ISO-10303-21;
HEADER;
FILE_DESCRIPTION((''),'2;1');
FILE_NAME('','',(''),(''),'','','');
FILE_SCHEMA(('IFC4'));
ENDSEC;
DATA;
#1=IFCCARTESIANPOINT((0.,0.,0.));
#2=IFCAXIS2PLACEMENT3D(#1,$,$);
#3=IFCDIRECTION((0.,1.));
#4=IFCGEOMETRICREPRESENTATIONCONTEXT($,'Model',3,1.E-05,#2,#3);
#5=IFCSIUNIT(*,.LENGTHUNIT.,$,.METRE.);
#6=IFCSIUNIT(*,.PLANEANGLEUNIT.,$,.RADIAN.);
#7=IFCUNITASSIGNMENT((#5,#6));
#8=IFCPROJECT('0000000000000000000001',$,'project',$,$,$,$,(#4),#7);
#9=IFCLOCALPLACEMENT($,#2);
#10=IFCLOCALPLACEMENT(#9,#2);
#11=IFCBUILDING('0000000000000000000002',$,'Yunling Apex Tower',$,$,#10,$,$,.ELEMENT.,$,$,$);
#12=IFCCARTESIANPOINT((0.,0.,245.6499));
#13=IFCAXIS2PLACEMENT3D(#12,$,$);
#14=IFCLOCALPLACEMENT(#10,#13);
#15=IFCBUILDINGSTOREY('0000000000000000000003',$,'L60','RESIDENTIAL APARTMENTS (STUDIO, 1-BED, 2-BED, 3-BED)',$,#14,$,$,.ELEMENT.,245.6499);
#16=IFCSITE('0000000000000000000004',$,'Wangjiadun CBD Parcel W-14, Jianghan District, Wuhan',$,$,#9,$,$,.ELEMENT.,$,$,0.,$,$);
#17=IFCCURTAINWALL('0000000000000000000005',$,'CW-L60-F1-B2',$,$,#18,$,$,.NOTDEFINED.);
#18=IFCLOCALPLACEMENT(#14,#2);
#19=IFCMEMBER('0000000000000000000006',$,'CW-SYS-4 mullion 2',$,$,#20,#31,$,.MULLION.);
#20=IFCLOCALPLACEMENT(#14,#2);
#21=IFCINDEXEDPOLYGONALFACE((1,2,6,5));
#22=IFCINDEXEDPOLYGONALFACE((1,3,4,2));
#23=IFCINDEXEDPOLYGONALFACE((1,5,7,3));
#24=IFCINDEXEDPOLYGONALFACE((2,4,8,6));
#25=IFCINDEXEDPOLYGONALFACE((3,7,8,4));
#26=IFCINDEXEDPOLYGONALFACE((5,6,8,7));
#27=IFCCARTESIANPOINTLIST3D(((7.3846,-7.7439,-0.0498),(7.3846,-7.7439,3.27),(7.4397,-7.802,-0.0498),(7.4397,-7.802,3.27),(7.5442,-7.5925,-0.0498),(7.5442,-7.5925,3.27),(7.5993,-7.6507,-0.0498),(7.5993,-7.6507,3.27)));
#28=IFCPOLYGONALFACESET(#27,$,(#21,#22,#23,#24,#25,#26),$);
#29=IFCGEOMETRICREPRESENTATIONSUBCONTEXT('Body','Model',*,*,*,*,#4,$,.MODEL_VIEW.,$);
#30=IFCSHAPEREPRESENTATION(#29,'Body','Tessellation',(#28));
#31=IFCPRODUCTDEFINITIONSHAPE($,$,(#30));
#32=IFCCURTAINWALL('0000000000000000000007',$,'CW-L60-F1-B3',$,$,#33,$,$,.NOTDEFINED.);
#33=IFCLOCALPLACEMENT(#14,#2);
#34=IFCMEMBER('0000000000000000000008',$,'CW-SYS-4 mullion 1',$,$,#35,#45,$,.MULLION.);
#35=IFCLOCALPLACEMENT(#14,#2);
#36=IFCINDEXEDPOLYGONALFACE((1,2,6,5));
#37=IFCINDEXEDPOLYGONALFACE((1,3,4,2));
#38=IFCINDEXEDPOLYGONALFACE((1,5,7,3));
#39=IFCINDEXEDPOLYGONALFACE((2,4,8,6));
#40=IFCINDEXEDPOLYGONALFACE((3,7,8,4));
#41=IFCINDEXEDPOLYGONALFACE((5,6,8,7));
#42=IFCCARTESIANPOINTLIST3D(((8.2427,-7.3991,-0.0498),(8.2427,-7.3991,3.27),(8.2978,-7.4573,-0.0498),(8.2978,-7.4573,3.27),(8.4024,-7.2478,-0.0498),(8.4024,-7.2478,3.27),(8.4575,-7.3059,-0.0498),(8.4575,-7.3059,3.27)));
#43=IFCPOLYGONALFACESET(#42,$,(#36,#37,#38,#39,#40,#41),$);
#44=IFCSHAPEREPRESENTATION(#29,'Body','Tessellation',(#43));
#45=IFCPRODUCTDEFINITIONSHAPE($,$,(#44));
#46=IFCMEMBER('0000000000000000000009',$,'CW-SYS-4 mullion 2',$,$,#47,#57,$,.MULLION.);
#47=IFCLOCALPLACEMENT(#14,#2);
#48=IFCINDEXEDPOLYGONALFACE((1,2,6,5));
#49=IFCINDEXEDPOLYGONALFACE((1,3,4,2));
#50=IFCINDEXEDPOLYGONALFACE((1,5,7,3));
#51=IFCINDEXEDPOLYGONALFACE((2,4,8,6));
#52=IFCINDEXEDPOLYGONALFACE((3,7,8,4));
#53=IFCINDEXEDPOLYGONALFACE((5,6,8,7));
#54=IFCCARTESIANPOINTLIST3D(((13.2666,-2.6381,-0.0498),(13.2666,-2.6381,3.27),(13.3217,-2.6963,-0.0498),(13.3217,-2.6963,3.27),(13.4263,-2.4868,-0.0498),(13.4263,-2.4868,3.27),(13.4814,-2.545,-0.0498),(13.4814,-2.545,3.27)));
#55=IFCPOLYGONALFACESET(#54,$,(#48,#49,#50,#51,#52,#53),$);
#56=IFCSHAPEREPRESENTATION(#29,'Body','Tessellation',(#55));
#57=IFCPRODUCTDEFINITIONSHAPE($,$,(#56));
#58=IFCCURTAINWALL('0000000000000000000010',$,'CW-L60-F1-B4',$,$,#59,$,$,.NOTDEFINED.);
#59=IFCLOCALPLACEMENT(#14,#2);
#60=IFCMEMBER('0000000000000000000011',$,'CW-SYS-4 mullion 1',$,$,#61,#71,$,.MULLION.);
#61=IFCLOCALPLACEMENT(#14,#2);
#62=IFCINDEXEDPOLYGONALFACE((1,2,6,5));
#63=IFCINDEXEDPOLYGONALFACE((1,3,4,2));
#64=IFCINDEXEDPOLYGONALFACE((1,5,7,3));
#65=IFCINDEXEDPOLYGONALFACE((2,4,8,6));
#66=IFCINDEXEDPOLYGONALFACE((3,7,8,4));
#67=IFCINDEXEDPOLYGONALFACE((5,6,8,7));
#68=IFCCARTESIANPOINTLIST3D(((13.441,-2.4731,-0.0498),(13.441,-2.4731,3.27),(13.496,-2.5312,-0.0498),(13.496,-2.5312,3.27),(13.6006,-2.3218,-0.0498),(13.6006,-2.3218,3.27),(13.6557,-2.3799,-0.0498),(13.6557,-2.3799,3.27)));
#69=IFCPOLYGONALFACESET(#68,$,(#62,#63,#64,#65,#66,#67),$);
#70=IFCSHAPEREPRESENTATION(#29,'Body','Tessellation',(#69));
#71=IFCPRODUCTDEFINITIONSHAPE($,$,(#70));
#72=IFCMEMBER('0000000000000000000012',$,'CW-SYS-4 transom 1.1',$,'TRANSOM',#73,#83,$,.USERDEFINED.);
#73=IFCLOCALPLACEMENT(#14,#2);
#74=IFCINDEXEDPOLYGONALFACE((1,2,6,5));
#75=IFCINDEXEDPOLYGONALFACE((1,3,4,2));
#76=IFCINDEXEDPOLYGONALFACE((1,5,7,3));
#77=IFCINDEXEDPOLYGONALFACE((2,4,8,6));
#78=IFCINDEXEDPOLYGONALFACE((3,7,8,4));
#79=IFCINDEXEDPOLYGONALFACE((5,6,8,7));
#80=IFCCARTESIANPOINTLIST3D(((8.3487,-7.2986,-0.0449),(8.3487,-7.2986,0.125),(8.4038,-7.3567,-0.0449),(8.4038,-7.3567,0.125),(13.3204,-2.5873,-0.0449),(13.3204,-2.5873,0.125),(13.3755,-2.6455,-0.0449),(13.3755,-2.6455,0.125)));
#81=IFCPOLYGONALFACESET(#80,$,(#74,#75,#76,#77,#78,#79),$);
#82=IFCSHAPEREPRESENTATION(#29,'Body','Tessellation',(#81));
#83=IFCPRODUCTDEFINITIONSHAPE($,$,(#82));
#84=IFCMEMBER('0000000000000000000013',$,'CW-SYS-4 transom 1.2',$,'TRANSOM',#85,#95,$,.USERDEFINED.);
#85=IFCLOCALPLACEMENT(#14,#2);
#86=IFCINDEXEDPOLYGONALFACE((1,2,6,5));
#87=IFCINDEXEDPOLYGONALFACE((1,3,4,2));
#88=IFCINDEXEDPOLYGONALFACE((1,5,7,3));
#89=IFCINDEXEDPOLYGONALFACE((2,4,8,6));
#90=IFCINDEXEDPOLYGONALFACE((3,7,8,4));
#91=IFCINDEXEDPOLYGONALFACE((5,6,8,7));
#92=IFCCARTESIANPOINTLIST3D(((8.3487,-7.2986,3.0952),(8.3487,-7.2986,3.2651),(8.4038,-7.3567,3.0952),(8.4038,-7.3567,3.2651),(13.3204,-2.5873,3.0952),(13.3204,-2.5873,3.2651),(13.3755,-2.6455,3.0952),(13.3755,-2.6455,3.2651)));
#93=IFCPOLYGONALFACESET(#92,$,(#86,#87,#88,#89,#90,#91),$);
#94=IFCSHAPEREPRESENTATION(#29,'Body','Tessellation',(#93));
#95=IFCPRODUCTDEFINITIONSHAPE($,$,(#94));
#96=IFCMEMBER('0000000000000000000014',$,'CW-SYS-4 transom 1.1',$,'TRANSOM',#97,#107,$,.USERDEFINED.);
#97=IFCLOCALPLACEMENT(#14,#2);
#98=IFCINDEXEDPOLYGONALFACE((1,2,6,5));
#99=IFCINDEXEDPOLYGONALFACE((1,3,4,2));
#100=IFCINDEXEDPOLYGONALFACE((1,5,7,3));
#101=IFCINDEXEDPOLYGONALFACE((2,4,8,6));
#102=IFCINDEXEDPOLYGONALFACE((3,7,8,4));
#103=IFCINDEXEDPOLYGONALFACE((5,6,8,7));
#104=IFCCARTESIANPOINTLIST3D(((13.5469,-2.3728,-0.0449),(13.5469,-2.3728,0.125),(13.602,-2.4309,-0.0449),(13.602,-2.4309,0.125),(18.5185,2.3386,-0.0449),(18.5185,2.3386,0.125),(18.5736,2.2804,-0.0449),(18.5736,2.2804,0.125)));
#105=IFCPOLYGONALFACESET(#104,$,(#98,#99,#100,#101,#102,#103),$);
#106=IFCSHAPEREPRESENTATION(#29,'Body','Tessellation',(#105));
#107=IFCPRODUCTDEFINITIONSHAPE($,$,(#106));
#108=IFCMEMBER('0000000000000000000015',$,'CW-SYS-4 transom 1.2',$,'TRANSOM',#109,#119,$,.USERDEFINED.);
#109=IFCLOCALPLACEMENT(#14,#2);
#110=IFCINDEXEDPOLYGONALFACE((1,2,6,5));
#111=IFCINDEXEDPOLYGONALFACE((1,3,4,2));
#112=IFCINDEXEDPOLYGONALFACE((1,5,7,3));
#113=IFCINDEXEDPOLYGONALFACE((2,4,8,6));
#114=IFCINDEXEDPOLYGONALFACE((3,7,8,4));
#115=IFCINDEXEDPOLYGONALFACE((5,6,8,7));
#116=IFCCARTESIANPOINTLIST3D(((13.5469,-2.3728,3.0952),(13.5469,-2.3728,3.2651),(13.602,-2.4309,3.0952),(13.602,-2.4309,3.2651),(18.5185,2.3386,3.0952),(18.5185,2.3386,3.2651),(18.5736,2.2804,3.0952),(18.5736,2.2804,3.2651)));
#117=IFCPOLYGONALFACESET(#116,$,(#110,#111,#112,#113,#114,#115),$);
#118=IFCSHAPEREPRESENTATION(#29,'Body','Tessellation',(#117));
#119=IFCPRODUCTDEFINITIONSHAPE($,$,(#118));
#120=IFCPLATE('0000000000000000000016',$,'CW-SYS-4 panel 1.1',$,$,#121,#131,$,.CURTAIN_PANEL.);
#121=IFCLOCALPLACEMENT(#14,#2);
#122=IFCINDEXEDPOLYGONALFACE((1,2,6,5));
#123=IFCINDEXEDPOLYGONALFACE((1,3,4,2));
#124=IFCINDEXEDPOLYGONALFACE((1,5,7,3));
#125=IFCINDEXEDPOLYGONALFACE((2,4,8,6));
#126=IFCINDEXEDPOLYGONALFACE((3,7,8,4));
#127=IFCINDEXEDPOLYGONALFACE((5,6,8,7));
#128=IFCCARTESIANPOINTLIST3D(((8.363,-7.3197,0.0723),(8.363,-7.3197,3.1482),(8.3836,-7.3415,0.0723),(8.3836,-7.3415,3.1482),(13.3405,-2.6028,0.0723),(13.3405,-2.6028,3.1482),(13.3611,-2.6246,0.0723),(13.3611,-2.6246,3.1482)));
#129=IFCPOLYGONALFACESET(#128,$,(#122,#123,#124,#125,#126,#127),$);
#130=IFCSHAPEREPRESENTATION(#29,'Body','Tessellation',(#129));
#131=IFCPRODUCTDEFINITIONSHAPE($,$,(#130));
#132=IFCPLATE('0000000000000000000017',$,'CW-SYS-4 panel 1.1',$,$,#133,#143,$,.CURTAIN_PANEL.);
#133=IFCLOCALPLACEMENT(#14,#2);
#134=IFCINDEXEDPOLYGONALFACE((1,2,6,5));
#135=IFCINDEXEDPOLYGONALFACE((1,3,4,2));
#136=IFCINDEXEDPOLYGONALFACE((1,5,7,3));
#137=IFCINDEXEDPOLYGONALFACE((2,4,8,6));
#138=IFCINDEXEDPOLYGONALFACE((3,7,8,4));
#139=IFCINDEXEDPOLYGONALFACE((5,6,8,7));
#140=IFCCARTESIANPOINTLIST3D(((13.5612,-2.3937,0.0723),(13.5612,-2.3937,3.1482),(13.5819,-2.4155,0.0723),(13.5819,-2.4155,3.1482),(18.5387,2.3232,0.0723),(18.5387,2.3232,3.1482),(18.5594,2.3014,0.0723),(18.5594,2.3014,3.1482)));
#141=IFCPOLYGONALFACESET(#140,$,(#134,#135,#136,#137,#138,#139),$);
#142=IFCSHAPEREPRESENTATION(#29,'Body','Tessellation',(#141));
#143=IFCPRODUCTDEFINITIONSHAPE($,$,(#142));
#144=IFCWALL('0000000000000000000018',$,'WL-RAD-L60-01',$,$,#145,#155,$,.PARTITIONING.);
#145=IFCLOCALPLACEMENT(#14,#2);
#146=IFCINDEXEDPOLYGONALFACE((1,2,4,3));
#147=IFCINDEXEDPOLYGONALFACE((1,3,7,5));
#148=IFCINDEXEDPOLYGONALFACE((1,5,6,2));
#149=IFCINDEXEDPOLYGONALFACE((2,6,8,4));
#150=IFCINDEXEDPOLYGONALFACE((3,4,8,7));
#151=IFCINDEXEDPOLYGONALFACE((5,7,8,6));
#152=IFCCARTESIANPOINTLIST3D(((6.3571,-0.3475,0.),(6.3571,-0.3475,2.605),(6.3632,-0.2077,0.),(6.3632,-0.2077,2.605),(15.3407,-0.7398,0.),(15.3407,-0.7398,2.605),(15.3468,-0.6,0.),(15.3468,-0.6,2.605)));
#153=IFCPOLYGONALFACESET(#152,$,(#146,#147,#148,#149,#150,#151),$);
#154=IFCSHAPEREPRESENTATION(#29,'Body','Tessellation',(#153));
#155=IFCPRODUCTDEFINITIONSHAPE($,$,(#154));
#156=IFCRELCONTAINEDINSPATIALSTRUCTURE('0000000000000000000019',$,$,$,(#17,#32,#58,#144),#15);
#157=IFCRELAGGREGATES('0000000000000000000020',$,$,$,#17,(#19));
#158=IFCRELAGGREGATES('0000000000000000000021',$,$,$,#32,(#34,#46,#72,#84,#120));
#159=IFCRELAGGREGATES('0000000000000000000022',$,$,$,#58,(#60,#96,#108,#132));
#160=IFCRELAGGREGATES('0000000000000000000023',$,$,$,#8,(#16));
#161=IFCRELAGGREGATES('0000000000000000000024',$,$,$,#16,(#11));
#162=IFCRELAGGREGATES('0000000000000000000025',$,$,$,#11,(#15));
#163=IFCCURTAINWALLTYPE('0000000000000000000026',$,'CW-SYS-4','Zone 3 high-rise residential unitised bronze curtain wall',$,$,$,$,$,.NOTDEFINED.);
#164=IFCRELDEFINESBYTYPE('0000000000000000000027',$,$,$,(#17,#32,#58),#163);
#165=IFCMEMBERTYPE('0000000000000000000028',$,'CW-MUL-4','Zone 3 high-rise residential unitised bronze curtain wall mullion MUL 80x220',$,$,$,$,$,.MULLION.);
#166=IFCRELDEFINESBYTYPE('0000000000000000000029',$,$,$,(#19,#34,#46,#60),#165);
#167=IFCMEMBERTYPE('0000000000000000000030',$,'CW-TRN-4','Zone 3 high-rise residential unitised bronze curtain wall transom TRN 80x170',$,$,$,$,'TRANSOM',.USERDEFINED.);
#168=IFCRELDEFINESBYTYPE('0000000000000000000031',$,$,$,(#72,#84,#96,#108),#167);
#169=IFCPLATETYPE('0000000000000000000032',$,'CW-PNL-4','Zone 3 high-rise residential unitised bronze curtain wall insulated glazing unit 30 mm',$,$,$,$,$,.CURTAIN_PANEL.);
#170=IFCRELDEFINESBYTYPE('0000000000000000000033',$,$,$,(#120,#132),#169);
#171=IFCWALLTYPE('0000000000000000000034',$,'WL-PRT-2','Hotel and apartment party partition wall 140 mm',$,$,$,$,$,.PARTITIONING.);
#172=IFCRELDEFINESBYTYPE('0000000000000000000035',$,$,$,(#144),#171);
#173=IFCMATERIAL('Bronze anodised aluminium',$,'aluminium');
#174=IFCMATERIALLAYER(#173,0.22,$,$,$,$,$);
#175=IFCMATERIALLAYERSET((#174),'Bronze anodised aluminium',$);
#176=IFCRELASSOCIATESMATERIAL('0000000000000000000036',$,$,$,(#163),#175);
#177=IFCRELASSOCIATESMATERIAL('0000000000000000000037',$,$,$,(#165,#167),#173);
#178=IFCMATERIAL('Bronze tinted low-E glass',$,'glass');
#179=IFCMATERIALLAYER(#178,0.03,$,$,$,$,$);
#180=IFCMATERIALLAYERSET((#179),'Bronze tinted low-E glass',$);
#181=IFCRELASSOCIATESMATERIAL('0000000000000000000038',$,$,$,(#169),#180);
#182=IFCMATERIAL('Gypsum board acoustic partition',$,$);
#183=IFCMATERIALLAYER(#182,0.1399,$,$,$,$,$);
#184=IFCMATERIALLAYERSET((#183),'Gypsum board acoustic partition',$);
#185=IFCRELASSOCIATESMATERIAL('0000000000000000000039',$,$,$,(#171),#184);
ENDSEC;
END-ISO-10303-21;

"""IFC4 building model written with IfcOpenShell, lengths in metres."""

from ifc_helpers import new_model, si_unit, direction, frame, frame_2d, origin, origin_2d, place, context, subcontext, project, spatial, rectangle, extrude, source, transform, mapped, material, layer, layer_set, material_profile, profile_set, type_object, element, aggregate, save


model = new_model("IFC4")

# Units and contexts
model_context = context("Model", 3, precision=1e-05, world=origin(), true_north=direction((0.0, 1.0)))
body_context = subcontext(model_context, "Body", "Model", "MODEL_VIEW")
ifc_project = project(units=[si_unit("LENGTHUNIT", "METRE"), si_unit("PLANEANGLEUNIT", "RADIAN")], contexts=[model_context])

# Site, building, storey
site_placement = place(None, origin())
site = spatial("IfcSite", under=ifc_project, at=site_placement, Name="Wangjiadun CBD Parcel W-14, Jianghan District, Wuhan", CompositionType="ELEMENT", RefElevation=0.0)
building_placement = place(site_placement, origin())
building = spatial("IfcBuilding", under=site, at=building_placement, Name="Yunling Apex Tower", CompositionType="ELEMENT")
storey_placement = place(building_placement, frame((0.0, 0.0, 245.6499)))
storey = spatial("IfcBuildingStorey", under=building, at=storey_placement, Name="L60", Description="RESIDENTIAL APARTMENTS (STUDIO, 1-BED, 2-BED, 3-BED)", CompositionType="ELEMENT", Elevation=245.6499)

# Curtain wall, member
ifc_material_1 = material(Name="Bronze anodised aluminium", Category="aluminium")
ifc_layer_1 = layer(ifc_material_1, 0.22)
ifc_layer_set_1 = layer_set([ifc_layer_1], Name="Bronze anodised aluminium")
curtain_wall_type = type_object("IfcCurtainWallType", Name="CW-SYS-4", Description="Zone 3 high-rise residential unitised bronze curtain wall", PredefinedType="NOTDEFINED", material=ifc_layer_set_1)
curtain_wall_1_placement = place(storey_placement, origin())
curtain_wall_1 = element("IfcCurtainWall", 1, at=curtain_wall_1_placement, inside=storey, type_object=curtain_wall_type, Name="CW-L60-F1-B2", PredefinedType="NOTDEFINED")
ifc_material_profile_1 = material_profile(ifc_material_1, rectangle(XDim=0.0801, YDim=0.22, at=origin_2d()))
ifc_profile_set_1 = profile_set([ifc_material_profile_1], Name="Bronze anodised aluminium")
member_type_1 = type_object("IfcMemberType", Name="CW-MUL-4", Description="Zone 3 high-rise residential unitised bronze curtain wall mullion MUL 80x220", PredefinedType="MULLION", material=ifc_profile_set_1)
shared_shape_1 = source(origin(), body_context, "Body", "SweptSolid", [
    extrude(rectangle(XDim=0.0801, YDim=0.22, at=origin_2d()), origin(), (0.0, 0.0, 1.0), 3.3198),
])
member_1_placement = place(storey_placement, frame((7.4919, -7.6973, -0.0498), z_axis=(0.0, 0.0, 1.0), x_axis=(-0.687854, 0.725849, 0.0)))
member_1 = element("IfcMember", 2, at=member_1_placement, type_object=member_type_1, Name="CW-SYS-4 mullion 2", PredefinedType="MULLION", context=body_context, shape_type="MappedRepresentation", body=[
    mapped(shared_shape_1, transform((0.0, 0.0, 0.0), scale=1.0)),
])
aggregate(curtain_wall_1, [member_1])

# Curtain wall, members
curtain_wall_2_placement = place(storey_placement, origin())
curtain_wall_2 = element("IfcCurtainWall", 3, at=curtain_wall_2_placement, inside=storey, type_object=curtain_wall_type, Name="CW-L60-F1-B3", PredefinedType="NOTDEFINED")
member_2_placement = place(storey_placement, frame((8.3501, -7.3525, -0.0498), z_axis=(0.0, 0.0, 1.0), x_axis=(-0.687848, 0.725855, 0.0)))
member_2 = element("IfcMember", 4, at=member_2_placement, type_object=member_type_1, Name="CW-SYS-4 mullion 1", PredefinedType="MULLION", context=body_context, shape_type="MappedRepresentation", body=[
    mapped(shared_shape_1, transform((0.0, 0.0, 0.0), scale=1.0)),
])
member_3_placement = place(storey_placement, frame((13.374, -2.5916, -0.0498), z_axis=(0.0, 0.0, 1.0), x_axis=(-0.687848, 0.725855, 0.0)))
member_3 = element("IfcMember", 5, at=member_3_placement, type_object=member_type_1, Name="CW-SYS-4 mullion 2", PredefinedType="MULLION", context=body_context, shape_type="MappedRepresentation", body=[
    mapped(shared_shape_1, transform((0.0, 0.0, 0.0), scale=1.0)),
])

# Curtain wall, member
curtain_wall_3_placement = place(storey_placement, origin())
curtain_wall_3 = element("IfcCurtainWall", 6, at=curtain_wall_3_placement, inside=storey, type_object=curtain_wall_type, Name="CW-L60-F1-B4", PredefinedType="NOTDEFINED")
member_4_placement = place(storey_placement, frame((13.5483, -2.4265, -0.0498), z_axis=(0.0, 0.0, 1.0), x_axis=(-0.687848, 0.725855, 0.0)))
member_4 = element("IfcMember", 7, at=member_4_placement, type_object=member_type_1, Name="CW-SYS-4 mullion 1", PredefinedType="MULLION", context=body_context, shape_type="MappedRepresentation", body=[
    mapped(shared_shape_1, transform((0.0, 0.0, 0.0), scale=1.0)),
])

# Members
ifc_material_profile_2 = material_profile(ifc_material_1, rectangle(XDim=0.0801, YDim=0.1699, at=origin_2d()))
ifc_profile_set_2 = profile_set([ifc_material_profile_2], Name="Bronze anodised aluminium")
member_type_2 = type_object("IfcMemberType", Name="CW-TRN-4", Description="Zone 3 high-rise residential unitised bronze curtain wall transom TRN 80x170", ElementType="TRANSOM", PredefinedType="USERDEFINED", material=ifc_profile_set_2)
shared_shape_2 = source(origin(), body_context, "Body", "SweptSolid", [
    extrude(rectangle(XDim=0.0801, YDim=0.1699, at=origin_2d()), origin(), (0.0, 0.0, 1.0), 6.8494),
])
member_5_placement = place(storey_placement, frame((8.3762, -7.3276, 0.04), z_axis=(0.725867, 0.687835, 0.0), x_axis=(-0.687835, 0.725867, 0.0)))
member_5 = element("IfcMember", 8, at=member_5_placement, type_object=member_type_2, Name="CW-SYS-4 transom 1.1", ObjectType="TRANSOM", PredefinedType="USERDEFINED", context=body_context, shape_type="MappedRepresentation", body=[
    mapped(shared_shape_2, transform((0.0, 0.0, 0.0), scale=1.0)),
])
member_6_placement = place(storey_placement, frame((8.3762, -7.3276, 3.1802), z_axis=(0.725867, 0.687835, 0.0), x_axis=(-0.687835, 0.725867, 0.0)))
member_6 = element("IfcMember", 9, at=member_6_placement, type_object=member_type_2, Name="CW-SYS-4 transom 1.2", ObjectType="TRANSOM", PredefinedType="USERDEFINED", context=body_context, shape_type="MappedRepresentation", body=[
    mapped(shared_shape_2, transform((0.0, 0.0, 0.0), scale=1.0)),
])
member_7_placement = place(storey_placement, frame((13.5745, -2.4019, 0.04), z_axis=(0.72585, 0.687853, 0.0), x_axis=(-0.687853, 0.72585, 0.0)))
member_7 = element("IfcMember", 10, at=member_7_placement, type_object=member_type_2, Name="CW-SYS-4 transom 1.1", ObjectType="TRANSOM", PredefinedType="USERDEFINED", context=body_context, shape_type="MappedRepresentation", body=[
    mapped(shared_shape_2, transform((0.0, 0.0, 0.0), scale=1.0)),
])
member_8_placement = place(storey_placement, frame((13.5745, -2.4019, 3.1802), z_axis=(0.72585, 0.687853, 0.0), x_axis=(-0.687853, 0.72585, 0.0)))
member_8 = element("IfcMember", 11, at=member_8_placement, type_object=member_type_2, Name="CW-SYS-4 transom 1.2", ObjectType="TRANSOM", PredefinedType="USERDEFINED", context=body_context, shape_type="MappedRepresentation", body=[
    mapped(shared_shape_2, transform((0.0, 0.0, 0.0), scale=1.0)),
])

# Plates
ifc_material_2 = material(Name="Bronze tinted low-E glass", Category="glass")
ifc_layer_2 = layer(ifc_material_2, 0.03)
ifc_layer_set_2 = layer_set([ifc_layer_2], Name="Bronze tinted low-E glass")
plate_type = type_object("IfcPlateType", Name="CW-PNL-4", Description="Zone 3 high-rise residential unitised bronze curtain wall insulated glazing unit 30 mm", PredefinedType="CURTAIN_PANEL", material=ifc_layer_set_2)
shared_shape_3 = source(origin(), body_context, "Body", "SweptSolid", [
    extrude(rectangle(XDim=6.8574, YDim=0.03, at=origin_2d()), origin(), (0.0, 0.0, 1.0), 3.0759),
])
plate_1_placement = place(storey_placement, frame((10.8621, -4.9722, 0.0723), z_axis=(0.0, 0.0, 1.0), x_axis=(0.725855, 0.687848, 0.0)))
plate_1 = element("IfcPlate", 12, at=plate_1_placement, type_object=plate_type, Name="CW-SYS-4 panel 1.1", PredefinedType="CURTAIN_PANEL", context=body_context, shape_type="MappedRepresentation", body=[
    mapped(shared_shape_3, transform((0.0, 0.0, 0.0), scale=1.0)),
])
aggregate(curtain_wall_2, [member_2, member_3, member_5, member_6, plate_1])
plate_2_placement = place(storey_placement, frame((16.0603, -0.0461, 0.0723), z_axis=(0.0, 0.0, 1.0), x_axis=(0.725855, 0.687848, 0.0)))
plate_2 = element("IfcPlate", 13, at=plate_2_placement, type_object=plate_type, Name="CW-SYS-4 panel 1.1", PredefinedType="CURTAIN_PANEL", context=body_context, shape_type="MappedRepresentation", body=[
    mapped(shared_shape_3, transform((0.0, 0.0, 0.0), scale=1.0)),
])
aggregate(curtain_wall_3, [member_4, member_7, member_8, plate_2])

# Wall
ifc_material_3 = material(Name="Gypsum board acoustic partition")
ifc_layer_3 = layer(ifc_material_3, 0.1399)
ifc_layer_set_3 = layer_set([ifc_layer_3], Name="Gypsum board acoustic partition")
wall_type = type_object("IfcWallType", Name="WL-PRT-2", Description="Hotel and apartment party partition wall 140 mm", PredefinedType="PARTITIONING", material=ifc_layer_set_3)
wall_placement = place(storey_placement, frame((6.3601, -0.2776, 0.0), z_axis=(0.0, 0.0, 1.0), x_axis=(0.999048, -0.04363, 0.0)))
element("IfcWall", 14, at=wall_placement, inside=storey, type_object=wall_type, Name="WL-RAD-L60-01", PredefinedType="PARTITIONING", context=body_context, shape_type="SweptSolid", body=[
    extrude(rectangle(XDim=8.9922, YDim=0.1399, at=frame_2d((4.4961, 0.0))), origin(), (0.0, 0.0, 1.0), 2.605),
])

save(model, "model.ifc")
